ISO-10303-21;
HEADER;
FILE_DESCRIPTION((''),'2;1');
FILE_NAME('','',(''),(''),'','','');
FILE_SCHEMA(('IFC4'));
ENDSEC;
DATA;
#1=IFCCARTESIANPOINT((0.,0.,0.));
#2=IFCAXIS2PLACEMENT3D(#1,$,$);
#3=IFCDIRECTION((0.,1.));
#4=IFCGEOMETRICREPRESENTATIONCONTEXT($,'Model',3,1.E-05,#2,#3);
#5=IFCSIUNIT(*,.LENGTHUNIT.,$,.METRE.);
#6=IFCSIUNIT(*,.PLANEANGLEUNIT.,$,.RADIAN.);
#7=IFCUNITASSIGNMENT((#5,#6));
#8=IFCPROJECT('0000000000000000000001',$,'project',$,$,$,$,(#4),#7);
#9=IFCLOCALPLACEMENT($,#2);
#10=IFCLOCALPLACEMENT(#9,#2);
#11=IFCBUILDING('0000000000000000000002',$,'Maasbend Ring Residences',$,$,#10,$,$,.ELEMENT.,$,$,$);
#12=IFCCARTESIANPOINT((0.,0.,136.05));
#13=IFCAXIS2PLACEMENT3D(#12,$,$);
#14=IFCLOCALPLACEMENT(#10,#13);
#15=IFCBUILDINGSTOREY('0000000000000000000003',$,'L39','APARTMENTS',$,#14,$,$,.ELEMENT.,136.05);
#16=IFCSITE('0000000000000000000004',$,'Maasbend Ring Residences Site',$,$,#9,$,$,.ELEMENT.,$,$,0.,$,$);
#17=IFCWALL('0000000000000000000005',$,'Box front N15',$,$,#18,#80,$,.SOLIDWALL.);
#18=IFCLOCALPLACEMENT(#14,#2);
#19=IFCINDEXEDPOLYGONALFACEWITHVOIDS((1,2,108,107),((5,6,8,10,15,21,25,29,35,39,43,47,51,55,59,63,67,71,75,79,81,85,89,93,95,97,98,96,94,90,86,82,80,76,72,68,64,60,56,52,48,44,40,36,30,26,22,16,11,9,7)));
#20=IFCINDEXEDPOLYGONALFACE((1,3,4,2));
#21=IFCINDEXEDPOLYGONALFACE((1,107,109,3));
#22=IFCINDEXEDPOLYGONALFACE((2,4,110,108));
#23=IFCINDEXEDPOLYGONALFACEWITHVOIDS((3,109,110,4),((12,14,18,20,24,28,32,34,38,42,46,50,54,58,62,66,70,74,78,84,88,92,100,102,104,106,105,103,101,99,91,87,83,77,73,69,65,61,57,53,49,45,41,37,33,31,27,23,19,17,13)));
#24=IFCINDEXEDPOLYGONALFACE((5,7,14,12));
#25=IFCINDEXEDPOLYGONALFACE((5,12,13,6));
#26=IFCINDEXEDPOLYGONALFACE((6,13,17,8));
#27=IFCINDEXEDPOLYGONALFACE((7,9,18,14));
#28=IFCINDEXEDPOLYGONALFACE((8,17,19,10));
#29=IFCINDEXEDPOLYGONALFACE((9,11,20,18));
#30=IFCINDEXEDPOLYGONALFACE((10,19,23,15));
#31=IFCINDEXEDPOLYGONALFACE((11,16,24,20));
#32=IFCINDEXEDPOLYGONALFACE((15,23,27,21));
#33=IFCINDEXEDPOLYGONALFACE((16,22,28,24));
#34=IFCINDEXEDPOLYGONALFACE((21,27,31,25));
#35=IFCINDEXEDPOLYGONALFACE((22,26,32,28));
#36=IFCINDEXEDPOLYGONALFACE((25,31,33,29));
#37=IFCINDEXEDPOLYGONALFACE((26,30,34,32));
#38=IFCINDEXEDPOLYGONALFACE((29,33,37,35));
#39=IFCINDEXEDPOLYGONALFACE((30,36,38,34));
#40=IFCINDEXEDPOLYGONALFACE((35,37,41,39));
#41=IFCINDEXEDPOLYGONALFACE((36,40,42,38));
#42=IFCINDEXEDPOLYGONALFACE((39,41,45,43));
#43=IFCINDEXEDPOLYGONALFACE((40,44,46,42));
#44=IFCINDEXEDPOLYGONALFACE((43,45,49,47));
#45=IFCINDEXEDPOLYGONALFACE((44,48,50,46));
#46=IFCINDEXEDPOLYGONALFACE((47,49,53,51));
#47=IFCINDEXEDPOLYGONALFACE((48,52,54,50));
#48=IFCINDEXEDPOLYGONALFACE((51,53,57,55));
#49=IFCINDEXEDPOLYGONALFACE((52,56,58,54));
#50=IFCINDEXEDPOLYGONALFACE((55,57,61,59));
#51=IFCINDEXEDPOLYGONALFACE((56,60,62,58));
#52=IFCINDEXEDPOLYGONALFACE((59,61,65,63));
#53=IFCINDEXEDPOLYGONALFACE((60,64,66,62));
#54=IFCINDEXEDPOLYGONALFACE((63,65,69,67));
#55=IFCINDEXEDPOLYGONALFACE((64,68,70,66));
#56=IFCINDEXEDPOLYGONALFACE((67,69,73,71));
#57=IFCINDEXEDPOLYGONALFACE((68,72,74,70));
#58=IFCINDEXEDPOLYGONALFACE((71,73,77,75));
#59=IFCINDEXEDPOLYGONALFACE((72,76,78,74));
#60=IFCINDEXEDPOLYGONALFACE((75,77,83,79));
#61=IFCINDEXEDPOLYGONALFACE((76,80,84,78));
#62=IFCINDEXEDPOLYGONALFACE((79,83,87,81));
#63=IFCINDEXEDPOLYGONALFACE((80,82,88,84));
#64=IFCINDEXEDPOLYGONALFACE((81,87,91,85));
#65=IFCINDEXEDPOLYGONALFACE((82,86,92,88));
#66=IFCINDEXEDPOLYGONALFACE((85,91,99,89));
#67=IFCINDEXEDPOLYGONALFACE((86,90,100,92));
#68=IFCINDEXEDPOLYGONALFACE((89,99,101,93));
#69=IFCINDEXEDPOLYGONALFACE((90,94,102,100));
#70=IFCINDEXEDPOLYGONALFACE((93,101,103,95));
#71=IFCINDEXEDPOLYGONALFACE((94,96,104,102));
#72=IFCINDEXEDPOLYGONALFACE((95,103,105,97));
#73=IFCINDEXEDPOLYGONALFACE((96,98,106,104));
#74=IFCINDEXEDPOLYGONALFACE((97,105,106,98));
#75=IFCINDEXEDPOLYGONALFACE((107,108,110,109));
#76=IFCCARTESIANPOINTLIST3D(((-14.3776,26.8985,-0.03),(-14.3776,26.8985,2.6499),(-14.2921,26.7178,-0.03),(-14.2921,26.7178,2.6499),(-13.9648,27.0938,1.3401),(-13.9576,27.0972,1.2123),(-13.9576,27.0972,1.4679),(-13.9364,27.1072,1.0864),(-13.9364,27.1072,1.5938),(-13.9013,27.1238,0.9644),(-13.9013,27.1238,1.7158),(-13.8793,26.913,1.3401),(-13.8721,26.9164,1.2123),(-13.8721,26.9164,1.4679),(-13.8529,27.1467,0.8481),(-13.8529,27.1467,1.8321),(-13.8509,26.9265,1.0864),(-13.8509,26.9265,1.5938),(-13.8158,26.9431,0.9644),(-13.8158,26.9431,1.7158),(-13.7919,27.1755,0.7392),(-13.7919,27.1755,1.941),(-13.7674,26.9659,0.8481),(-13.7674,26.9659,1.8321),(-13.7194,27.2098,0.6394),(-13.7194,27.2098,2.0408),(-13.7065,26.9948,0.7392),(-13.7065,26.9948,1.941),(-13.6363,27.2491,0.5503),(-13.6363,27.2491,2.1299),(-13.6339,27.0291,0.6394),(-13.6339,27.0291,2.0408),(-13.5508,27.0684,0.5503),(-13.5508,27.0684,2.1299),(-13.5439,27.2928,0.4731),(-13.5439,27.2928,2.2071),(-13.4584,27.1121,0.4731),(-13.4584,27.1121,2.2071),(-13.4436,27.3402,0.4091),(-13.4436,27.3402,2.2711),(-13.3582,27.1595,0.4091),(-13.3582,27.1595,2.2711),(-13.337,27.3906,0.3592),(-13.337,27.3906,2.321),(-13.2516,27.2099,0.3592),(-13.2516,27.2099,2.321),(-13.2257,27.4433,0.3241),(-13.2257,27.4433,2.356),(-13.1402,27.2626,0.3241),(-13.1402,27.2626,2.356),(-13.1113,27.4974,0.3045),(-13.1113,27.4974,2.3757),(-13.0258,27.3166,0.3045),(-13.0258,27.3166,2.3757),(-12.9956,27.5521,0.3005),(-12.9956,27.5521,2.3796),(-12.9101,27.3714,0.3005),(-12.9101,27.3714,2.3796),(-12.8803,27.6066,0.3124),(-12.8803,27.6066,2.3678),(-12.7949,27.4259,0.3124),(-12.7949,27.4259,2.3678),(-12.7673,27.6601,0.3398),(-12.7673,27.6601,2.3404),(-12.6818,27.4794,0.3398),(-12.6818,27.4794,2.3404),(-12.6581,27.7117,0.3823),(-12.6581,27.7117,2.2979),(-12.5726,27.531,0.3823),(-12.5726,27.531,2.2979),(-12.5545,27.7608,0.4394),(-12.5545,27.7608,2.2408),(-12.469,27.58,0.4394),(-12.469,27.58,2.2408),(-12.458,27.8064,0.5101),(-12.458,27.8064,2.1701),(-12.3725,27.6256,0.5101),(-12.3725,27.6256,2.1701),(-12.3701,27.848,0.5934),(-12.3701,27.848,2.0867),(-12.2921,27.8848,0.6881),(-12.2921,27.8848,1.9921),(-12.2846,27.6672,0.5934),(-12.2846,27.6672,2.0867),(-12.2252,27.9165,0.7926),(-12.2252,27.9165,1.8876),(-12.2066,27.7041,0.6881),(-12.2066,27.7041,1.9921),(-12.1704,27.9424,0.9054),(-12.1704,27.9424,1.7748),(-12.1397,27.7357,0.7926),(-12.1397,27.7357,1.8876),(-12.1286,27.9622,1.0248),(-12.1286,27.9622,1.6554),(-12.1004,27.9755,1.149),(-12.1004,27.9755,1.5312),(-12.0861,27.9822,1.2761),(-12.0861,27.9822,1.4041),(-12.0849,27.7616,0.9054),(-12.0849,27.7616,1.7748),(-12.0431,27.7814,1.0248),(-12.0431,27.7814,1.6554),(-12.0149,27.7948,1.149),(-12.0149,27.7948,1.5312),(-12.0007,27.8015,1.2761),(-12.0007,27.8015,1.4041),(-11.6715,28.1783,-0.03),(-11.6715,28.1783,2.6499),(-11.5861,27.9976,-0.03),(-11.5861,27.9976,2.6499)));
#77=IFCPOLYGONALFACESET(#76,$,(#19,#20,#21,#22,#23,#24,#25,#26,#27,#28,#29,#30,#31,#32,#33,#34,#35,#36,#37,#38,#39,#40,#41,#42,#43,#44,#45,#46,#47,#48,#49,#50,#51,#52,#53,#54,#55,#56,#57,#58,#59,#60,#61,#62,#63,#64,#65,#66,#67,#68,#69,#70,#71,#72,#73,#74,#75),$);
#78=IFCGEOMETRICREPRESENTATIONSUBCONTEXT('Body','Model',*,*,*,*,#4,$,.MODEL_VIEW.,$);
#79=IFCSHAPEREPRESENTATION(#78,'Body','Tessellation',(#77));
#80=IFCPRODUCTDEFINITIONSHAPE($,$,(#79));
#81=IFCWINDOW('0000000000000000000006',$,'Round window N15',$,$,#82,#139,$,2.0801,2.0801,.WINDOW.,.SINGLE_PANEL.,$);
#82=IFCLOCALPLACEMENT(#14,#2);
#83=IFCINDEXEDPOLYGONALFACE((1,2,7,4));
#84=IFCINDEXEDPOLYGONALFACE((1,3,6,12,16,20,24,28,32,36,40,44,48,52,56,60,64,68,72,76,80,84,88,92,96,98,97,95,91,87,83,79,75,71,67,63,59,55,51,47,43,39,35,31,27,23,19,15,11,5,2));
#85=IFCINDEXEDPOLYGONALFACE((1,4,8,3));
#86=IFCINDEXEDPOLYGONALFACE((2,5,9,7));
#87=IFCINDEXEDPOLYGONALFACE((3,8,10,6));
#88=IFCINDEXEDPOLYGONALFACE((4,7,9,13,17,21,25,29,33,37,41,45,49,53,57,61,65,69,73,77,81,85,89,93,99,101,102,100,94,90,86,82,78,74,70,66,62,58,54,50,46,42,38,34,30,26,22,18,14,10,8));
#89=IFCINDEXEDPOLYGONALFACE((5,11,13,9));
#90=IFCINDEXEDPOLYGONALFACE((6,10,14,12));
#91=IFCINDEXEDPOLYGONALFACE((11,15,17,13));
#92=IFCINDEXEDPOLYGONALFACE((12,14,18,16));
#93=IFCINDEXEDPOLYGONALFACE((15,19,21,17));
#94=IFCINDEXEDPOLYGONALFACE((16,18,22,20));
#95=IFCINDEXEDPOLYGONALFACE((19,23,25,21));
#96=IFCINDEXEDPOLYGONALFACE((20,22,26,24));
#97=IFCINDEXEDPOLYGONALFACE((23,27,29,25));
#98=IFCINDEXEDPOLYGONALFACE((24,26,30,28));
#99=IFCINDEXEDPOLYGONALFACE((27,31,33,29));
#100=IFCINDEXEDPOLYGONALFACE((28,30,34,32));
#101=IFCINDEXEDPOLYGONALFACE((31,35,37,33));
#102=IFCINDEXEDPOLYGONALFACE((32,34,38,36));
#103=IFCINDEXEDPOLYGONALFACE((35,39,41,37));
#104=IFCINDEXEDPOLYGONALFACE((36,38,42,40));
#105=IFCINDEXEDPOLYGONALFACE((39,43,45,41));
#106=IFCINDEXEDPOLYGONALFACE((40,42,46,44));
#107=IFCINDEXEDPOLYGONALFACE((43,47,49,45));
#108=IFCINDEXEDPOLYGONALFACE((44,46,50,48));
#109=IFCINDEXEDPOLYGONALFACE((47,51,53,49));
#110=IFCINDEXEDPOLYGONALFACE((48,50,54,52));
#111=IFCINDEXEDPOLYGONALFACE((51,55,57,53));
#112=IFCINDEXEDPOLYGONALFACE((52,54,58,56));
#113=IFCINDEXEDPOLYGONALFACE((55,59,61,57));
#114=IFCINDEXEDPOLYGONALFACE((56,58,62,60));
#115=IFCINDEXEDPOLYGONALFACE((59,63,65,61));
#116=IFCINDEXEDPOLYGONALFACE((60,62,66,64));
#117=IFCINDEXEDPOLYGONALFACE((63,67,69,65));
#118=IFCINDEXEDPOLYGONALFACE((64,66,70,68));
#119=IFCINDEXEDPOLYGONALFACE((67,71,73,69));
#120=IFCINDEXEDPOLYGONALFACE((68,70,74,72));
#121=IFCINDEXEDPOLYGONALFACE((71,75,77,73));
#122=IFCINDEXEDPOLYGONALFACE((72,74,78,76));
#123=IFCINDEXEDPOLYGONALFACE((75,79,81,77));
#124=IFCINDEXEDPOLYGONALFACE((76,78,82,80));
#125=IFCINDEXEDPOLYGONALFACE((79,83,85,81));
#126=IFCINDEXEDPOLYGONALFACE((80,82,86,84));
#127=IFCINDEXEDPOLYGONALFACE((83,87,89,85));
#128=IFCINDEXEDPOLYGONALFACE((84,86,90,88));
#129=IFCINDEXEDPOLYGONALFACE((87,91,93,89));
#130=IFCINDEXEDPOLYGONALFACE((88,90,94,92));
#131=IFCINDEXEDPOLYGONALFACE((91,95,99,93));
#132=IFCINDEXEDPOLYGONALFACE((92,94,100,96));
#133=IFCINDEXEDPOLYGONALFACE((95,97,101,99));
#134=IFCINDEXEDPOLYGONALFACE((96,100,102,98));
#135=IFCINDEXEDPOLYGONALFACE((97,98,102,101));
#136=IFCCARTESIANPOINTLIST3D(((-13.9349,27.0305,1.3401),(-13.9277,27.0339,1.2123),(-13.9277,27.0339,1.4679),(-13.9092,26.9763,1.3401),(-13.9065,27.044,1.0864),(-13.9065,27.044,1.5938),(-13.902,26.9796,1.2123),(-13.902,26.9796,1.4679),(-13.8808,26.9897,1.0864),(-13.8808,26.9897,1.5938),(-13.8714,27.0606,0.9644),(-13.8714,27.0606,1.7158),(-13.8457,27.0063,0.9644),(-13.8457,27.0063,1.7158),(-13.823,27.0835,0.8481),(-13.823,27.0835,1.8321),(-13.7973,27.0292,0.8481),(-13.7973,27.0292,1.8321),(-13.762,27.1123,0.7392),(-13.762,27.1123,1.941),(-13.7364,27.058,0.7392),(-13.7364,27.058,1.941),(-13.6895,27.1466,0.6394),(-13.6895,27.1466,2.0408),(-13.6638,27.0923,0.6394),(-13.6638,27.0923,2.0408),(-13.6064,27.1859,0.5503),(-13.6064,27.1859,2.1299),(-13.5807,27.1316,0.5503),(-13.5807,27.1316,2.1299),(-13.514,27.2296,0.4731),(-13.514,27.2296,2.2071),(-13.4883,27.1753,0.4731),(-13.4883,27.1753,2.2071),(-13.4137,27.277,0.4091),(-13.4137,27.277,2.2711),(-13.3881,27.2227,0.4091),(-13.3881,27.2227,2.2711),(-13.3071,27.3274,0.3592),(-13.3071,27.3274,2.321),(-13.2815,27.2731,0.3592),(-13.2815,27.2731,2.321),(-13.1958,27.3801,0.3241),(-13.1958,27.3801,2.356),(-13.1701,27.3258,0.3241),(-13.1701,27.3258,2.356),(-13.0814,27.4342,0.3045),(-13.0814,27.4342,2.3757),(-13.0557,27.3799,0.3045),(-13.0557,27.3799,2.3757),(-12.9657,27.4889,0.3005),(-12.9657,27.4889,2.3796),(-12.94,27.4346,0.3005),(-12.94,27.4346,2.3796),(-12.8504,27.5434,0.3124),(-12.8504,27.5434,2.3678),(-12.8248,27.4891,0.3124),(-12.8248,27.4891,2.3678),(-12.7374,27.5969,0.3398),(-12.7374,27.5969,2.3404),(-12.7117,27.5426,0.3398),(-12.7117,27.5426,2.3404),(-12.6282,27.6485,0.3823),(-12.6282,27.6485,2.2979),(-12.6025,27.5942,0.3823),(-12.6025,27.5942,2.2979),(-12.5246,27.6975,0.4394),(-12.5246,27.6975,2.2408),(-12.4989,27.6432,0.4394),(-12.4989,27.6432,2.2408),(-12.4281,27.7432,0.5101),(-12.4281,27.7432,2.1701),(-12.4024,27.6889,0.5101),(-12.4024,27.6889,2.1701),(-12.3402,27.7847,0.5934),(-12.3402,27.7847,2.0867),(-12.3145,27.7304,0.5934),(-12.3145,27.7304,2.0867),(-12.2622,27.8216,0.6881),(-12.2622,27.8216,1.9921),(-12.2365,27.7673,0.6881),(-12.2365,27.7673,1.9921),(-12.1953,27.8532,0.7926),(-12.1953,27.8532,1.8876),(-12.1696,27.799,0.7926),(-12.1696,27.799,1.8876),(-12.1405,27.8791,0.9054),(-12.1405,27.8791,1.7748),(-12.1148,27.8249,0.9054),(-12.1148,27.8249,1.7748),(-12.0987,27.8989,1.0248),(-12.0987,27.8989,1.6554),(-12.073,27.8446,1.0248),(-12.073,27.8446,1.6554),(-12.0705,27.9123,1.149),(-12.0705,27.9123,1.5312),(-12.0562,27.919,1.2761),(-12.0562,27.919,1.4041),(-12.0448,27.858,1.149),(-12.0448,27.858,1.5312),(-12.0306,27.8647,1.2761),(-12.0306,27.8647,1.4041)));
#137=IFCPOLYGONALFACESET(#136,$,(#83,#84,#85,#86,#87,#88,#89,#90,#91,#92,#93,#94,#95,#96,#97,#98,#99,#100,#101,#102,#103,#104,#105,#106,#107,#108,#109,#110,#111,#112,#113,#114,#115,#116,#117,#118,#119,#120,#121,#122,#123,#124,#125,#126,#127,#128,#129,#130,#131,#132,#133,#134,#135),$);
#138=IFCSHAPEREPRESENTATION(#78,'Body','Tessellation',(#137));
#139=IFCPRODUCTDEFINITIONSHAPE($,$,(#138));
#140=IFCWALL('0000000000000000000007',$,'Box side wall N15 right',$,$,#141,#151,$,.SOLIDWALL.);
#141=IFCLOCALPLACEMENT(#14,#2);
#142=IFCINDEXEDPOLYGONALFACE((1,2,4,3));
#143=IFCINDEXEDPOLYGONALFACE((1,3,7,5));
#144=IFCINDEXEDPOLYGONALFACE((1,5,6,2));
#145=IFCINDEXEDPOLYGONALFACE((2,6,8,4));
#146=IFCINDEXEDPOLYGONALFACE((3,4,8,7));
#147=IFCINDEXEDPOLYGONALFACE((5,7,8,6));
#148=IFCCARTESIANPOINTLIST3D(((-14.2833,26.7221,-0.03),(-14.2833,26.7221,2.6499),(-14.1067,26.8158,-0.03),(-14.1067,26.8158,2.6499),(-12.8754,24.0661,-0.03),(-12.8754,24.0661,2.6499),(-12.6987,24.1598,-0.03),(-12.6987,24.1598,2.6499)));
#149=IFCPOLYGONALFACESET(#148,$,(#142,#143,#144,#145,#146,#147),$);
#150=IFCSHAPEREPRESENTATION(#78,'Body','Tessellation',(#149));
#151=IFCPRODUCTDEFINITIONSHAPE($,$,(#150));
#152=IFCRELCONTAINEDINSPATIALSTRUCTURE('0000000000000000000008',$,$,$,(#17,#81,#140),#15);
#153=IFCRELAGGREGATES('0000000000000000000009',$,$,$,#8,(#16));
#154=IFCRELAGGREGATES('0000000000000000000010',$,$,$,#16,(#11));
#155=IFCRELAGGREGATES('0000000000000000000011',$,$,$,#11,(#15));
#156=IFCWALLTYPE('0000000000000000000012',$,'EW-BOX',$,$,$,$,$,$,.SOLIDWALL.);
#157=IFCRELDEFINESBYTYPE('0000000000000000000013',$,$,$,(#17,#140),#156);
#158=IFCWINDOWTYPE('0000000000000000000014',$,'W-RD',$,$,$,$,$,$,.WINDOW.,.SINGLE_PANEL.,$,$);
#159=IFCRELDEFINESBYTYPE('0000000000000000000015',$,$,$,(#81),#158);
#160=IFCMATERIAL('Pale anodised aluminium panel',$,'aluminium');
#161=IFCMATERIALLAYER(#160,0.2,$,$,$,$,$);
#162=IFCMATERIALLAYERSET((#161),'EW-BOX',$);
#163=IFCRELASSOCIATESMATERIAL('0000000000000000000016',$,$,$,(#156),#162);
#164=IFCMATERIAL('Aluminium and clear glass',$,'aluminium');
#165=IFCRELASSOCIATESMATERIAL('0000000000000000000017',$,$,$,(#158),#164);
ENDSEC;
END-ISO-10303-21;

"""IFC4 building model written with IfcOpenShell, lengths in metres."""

from ifc_helpers import new_model, si_unit, direction, frame, frame_2d, origin, place, context, subcontext, project, spatial, rectangle, circle, extrude, material, layer, layer_set, type_object, element, fill, save


model = new_model("IFC4")

# Units and contexts
model_context = context("Model", 3, precision=1e-05, world=origin(), true_north=direction((0.0, 1.0)))
body_context = subcontext(model_context, "Body", "Model", "MODEL_VIEW")
ifc_project = project(units=[si_unit("LENGTHUNIT", "METRE"), si_unit("PLANEANGLEUNIT", "RADIAN")], contexts=[model_context])

# Site, building, storey
site_placement = place(None, origin())
site = spatial("IfcSite", under=ifc_project, at=site_placement, Name="Maasbend Ring Residences Site", CompositionType="ELEMENT", RefElevation=0.0)
building_placement = place(site_placement, origin())
building = spatial("IfcBuilding", under=site, at=building_placement, Name="Maasbend Ring Residences", CompositionType="ELEMENT")
storey_placement = place(building_placement, frame((0.0, 0.0, 136.05)))
storey = spatial("IfcBuildingStorey", under=building, at=storey_placement, Name="L39", Description="APARTMENTS", CompositionType="ELEMENT", Elevation=136.05)

# Wall, opening, window
ifc_material_1 = material(Name="Pale anodised aluminium panel", Category="aluminium")
ifc_layer_1 = layer(ifc_material_1, 0.2)
ifc_layer_set_1 = layer_set([ifc_layer_1], Name="EW-BOX")
wall_type_1 = type_object("IfcWallType", Name="EW-BOX", PredefinedType="SOLIDWALL", material=ifc_layer_set_1)
wall_1_placement = place(storey_placement, frame((-11.6289, 28.0879, -0.03), z_axis=(0.0, 0.0, 1.0), x_axis=(-0.904, -0.427532, 0.0)))
wall_1 = element("IfcWall", 1, at=wall_1_placement, inside=storey, type_object=wall_type_1, Name="Box front N15", PredefinedType="SOLIDWALL", context=body_context, shape_type="SweptSolid", body=[
    extrude(rectangle(XDim=2.9934, YDim=0.2, at=frame_2d((1.4966, 0.0))), origin(), (0.0, 0.0, 1.0), 2.6799),
])
opening_1_placement = place(wall_1_placement, frame((0.4565, 0.0, 0.3301)))
opening_1 = element("IfcOpeningElement", 2, at=opening_1_placement, cuts=wall_1, PredefinedType="OPENING", context=body_context, shape_type="SweptSolid", body=[
    extrude(circle(Radius=1.04, at=frame_2d((1.04, 1.04))), frame((0.0, 0.1099, 0.0), z_axis=(0.0, -1.0, 0.0), x_axis=(1.0, 0.0, 0.0)), (0.0, 0.0, 1.0), 0.22),
])
ifc_material_2 = material(Name="Aluminium and clear glass", Category="aluminium")
window_type_1 = type_object("IfcWindowType", Name="W-RD", PartitioningType="SINGLE_PANEL", PredefinedType="WINDOW", material=ifc_material_2)
window_1_placement = place(opening_1_placement, origin())
window_1 = element("IfcWindow", 3, at=window_1_placement, inside=storey, type_object=window_type_1, Name="Round window N15", OverallHeight=2.0801, OverallWidth=2.0801, PartitioningType="SINGLE_PANEL", PredefinedType="WINDOW", context=body_context, shape_type="SweptSolid", body=[
    extrude(circle(Radius=1.04, at=frame_2d((1.04, 1.04))), frame((0.0, 0.03, 0.0), z_axis=(0.0, -1.0, 0.0), x_axis=(1.0, 0.0, 0.0)), (0.0, 0.0, 1.0), 0.0601),
])
fill(opening_1, window_1)

# Wall
wall_2_placement = place(storey_placement, frame((-12.7871, 24.113, -0.03), z_axis=(0.0, 0.0, 1.0), x_axis=(-0.468365, 0.883535, 0.0)))
element("IfcWall", 4, at=wall_2_placement, inside=storey, type_object=wall_type_1, Name="Box side wall N15 right", PredefinedType="SOLIDWALL", context=body_context, shape_type="SweptSolid", body=[
    extrude(rectangle(XDim=3.0061, YDim=0.2, at=frame_2d((1.5029, 0.0))), origin(), (0.0, 0.0, 1.0), 2.6799),
])

save(model, "model.ifc")
